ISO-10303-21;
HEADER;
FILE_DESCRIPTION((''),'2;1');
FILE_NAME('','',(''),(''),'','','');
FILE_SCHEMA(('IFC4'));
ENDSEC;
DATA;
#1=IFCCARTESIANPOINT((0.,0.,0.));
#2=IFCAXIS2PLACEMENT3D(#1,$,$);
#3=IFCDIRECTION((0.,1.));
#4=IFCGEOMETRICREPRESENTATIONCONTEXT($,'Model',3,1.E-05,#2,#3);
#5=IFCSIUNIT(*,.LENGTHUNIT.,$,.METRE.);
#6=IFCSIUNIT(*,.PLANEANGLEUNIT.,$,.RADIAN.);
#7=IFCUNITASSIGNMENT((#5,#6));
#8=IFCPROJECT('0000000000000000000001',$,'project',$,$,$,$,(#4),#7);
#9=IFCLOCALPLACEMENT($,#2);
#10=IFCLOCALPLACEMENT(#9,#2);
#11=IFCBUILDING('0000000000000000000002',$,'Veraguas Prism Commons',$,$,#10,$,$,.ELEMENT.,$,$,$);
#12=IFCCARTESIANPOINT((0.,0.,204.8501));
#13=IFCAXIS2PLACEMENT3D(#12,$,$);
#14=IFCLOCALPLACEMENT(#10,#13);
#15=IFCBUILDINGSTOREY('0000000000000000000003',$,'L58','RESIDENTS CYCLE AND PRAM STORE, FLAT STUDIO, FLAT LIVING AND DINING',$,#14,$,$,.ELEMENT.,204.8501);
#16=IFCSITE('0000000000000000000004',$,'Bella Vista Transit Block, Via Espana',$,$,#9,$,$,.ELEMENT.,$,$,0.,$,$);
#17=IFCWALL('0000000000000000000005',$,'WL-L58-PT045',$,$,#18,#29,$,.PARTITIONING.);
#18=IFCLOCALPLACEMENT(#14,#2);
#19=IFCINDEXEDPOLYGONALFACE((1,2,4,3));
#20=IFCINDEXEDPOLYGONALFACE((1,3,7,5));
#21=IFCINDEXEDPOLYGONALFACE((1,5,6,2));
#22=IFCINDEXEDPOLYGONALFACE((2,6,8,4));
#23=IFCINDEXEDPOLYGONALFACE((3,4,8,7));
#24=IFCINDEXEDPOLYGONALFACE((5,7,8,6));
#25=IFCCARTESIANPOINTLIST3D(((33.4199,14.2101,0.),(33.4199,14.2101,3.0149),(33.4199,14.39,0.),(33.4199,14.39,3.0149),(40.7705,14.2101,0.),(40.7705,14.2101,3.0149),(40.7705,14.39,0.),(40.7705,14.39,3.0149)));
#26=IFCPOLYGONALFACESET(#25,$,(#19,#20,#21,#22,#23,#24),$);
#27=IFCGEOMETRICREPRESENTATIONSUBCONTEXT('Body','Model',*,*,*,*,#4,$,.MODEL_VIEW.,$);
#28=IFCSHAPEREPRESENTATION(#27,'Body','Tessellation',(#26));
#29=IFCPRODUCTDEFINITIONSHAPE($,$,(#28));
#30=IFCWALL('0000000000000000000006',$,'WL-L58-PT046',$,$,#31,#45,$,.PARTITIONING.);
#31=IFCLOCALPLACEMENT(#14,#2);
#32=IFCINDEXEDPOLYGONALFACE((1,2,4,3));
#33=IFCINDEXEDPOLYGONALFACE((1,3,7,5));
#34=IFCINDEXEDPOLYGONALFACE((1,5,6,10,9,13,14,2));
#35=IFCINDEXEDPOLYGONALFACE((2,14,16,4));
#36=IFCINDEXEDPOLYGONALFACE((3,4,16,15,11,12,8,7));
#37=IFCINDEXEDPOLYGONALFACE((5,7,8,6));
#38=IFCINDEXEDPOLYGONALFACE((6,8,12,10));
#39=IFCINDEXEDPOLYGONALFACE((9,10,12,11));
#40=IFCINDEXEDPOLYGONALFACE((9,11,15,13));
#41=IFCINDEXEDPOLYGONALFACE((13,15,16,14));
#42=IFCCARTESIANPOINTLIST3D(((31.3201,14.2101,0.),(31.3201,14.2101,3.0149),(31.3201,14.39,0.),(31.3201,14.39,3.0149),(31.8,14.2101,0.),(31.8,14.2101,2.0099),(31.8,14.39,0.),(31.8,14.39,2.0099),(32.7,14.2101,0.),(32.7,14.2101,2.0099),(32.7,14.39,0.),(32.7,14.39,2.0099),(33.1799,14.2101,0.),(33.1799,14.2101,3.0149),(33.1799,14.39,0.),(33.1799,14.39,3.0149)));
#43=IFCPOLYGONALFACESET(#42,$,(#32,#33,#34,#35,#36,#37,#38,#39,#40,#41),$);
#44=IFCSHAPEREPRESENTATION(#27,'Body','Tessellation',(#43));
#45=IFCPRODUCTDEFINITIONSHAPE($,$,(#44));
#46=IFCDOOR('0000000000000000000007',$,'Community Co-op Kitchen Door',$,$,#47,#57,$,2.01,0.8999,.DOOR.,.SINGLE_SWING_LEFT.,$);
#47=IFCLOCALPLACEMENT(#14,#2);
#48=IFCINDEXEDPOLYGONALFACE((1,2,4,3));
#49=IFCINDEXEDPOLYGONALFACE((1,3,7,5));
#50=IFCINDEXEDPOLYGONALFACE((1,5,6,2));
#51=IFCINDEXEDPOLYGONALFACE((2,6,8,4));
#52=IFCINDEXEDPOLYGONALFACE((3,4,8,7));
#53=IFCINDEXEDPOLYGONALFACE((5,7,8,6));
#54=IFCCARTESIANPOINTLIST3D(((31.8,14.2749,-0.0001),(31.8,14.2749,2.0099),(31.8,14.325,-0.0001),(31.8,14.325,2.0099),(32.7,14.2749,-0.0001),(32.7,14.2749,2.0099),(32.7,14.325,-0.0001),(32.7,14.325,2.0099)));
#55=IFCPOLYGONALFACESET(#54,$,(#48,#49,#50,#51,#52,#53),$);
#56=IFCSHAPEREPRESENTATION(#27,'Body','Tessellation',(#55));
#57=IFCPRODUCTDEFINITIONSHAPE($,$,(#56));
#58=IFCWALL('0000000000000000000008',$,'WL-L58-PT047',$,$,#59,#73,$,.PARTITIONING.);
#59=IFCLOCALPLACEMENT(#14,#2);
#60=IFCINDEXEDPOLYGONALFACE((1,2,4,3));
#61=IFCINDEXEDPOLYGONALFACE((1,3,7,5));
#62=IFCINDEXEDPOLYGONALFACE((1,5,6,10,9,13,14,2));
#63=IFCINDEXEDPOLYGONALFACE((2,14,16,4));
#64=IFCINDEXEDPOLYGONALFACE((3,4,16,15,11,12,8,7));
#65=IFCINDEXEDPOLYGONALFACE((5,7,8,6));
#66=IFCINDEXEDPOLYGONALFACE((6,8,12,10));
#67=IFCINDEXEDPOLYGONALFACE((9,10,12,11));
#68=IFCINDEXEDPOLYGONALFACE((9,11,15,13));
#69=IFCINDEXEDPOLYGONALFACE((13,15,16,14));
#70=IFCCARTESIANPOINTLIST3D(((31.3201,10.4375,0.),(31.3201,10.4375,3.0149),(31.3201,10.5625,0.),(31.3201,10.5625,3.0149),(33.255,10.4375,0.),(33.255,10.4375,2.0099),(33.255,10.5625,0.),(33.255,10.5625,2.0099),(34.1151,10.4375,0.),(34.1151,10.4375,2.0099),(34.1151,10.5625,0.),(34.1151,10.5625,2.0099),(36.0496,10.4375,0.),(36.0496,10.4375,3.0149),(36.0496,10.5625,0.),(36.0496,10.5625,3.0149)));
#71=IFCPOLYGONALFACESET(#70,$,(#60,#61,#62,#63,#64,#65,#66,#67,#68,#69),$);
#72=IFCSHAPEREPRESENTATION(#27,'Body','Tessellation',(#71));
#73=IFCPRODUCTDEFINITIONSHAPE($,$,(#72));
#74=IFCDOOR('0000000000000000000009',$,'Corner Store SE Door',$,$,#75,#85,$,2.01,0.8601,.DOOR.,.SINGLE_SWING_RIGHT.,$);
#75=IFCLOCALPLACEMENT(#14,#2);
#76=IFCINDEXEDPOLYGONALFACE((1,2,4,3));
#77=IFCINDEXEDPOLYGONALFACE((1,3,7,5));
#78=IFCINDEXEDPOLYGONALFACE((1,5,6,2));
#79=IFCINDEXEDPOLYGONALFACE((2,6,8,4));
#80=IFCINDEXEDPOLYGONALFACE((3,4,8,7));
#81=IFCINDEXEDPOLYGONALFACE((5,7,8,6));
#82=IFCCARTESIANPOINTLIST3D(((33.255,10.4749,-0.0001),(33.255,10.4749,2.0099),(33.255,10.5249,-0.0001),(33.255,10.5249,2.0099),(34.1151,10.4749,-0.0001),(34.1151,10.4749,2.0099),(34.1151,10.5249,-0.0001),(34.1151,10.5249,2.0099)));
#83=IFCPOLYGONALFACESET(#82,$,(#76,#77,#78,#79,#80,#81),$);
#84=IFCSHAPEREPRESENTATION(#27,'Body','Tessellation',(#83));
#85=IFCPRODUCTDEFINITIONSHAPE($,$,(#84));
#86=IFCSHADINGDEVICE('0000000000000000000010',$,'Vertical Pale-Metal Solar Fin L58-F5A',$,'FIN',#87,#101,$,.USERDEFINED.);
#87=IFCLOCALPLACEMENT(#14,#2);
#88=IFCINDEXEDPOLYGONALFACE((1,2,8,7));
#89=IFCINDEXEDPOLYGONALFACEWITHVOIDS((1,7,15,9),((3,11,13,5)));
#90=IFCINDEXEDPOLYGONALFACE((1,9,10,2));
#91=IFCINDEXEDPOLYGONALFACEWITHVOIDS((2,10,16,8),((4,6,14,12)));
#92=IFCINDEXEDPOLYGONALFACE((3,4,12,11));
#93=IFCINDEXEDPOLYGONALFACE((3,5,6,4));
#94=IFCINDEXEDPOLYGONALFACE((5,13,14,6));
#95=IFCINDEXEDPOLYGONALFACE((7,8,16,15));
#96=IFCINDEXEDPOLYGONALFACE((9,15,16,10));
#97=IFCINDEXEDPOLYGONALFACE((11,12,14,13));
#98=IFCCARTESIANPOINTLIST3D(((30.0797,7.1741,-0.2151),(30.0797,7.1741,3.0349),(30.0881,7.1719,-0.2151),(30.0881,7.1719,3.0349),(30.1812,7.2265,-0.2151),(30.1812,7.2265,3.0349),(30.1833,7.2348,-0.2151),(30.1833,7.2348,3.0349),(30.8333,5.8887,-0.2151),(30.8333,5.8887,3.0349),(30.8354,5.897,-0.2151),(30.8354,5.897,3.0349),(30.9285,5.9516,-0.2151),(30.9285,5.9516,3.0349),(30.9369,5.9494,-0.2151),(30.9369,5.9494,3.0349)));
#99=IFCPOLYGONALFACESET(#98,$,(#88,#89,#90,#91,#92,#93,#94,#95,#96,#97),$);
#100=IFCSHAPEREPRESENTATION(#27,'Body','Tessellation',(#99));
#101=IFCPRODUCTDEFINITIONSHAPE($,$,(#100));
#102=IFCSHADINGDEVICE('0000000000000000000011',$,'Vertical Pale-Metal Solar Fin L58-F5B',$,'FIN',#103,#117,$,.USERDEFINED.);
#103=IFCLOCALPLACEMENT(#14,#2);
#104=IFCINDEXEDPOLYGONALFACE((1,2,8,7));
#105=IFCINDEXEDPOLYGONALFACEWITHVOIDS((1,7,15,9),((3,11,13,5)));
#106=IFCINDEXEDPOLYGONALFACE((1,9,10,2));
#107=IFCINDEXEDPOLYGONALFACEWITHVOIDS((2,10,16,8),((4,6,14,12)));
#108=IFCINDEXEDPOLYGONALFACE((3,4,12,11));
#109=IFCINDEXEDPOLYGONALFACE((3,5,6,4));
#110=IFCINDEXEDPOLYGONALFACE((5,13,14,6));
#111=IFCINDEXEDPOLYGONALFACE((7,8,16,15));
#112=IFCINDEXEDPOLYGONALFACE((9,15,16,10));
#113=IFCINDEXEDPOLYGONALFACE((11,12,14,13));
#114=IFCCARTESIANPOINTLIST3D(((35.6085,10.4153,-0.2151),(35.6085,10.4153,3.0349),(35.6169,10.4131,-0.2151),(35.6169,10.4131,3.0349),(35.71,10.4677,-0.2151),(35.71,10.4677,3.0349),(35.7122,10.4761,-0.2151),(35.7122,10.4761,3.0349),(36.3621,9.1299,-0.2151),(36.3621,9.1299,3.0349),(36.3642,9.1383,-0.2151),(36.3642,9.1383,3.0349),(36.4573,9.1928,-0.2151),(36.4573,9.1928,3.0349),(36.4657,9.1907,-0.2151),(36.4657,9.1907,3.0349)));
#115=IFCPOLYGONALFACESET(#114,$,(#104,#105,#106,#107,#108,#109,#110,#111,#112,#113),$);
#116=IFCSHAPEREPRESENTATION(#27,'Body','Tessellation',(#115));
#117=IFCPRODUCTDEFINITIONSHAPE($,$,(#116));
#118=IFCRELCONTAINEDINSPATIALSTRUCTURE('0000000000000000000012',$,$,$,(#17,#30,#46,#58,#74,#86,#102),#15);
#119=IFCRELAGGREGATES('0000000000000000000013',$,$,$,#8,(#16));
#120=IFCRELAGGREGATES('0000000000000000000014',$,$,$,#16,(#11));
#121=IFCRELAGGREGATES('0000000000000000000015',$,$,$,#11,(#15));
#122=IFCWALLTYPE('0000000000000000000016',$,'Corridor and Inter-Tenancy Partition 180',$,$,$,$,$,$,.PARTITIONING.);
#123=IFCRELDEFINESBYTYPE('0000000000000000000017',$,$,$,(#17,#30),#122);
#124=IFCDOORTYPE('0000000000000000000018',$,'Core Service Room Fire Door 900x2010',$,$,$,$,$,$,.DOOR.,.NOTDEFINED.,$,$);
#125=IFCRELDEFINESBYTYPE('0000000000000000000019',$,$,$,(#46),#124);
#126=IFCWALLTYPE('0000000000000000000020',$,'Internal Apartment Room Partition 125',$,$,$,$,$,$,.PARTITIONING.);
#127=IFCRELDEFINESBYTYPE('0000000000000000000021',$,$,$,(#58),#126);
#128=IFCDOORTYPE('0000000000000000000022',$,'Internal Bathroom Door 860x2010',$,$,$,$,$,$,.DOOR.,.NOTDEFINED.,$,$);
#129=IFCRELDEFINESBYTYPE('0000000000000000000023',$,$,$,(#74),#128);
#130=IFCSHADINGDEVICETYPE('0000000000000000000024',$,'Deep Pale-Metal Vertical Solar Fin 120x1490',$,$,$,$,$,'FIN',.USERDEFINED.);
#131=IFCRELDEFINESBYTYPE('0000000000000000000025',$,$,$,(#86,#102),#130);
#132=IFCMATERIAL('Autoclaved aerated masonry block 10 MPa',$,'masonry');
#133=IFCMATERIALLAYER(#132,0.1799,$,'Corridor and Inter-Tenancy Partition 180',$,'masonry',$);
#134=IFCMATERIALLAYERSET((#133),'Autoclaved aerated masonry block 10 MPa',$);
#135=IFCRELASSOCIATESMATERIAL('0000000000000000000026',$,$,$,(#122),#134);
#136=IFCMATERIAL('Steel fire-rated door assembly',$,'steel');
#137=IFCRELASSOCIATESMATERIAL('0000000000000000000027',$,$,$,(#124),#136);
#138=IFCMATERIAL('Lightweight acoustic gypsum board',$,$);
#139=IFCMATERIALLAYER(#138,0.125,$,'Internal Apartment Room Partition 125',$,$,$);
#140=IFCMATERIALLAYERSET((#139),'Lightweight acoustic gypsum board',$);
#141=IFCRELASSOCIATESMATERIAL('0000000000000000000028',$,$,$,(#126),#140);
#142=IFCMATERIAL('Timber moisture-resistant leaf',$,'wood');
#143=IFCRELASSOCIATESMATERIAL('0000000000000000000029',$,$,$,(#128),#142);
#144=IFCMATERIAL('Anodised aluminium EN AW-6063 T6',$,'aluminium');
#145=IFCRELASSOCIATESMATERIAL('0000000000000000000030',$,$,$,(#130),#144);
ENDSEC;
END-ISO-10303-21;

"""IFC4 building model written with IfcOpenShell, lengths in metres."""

from ifc_helpers import new_model, si_unit, direction, frame, frame_2d, origin, origin_2d, place, context, subcontext, project, spatial, rectangle, hollow_rectangle, extrude, source, transform, mapped, material, layer, layer_set, material_profile, profile_set, type_object, element, fill, save


model = new_model("IFC4")

# Units and contexts
model_context = context("Model", 3, precision=1e-05, world=origin(), true_north=direction((0.0, 1.0)))
body_context = subcontext(model_context, "Body", "Model", "MODEL_VIEW")
ifc_project = project(units=[si_unit("LENGTHUNIT", "METRE"), si_unit("PLANEANGLEUNIT", "RADIAN")], contexts=[model_context])

# Site, building, storey
site_placement = place(None, origin())
site = spatial("IfcSite", under=ifc_project, at=site_placement, Name="Bella Vista Transit Block, Via Espana", CompositionType="ELEMENT", RefElevation=0.0)
building_placement = place(site_placement, origin())
building = spatial("IfcBuilding", under=site, at=building_placement, Name="Veraguas Prism Commons", CompositionType="ELEMENT")
storey_placement = place(building_placement, frame((0.0, 0.0, 204.8501)))
storey = spatial("IfcBuildingStorey", under=building, at=storey_placement, Name="L58", Description="RESIDENTS CYCLE AND PRAM STORE, FLAT STUDIO, FLAT LIVING AND DINING", CompositionType="ELEMENT", Elevation=204.8501)

# Shared definitions
ifc_material_1 = material(Name="Anodised aluminium EN AW-6063 T6", Category="aluminium")

# Wall
ifc_material_2 = material(Name="Autoclaved aerated masonry block 10 MPa", Category="masonry")
ifc_layer_1 = layer(ifc_material_2, 0.1799, Name="Corridor and Inter-Tenancy Partition 180", Category="masonry")
ifc_layer_set_1 = layer_set([ifc_layer_1], Name="Autoclaved aerated masonry block 10 MPa")
wall_type_1 = type_object("IfcWallType", Name="Corridor and Inter-Tenancy Partition 180", PredefinedType="PARTITIONING", material=ifc_layer_set_1)
wall_1_placement = place(storey_placement, frame((33.4199, 14.3, 0.0), z_axis=(0.0, 0.0, 1.0), x_axis=(1.0, 0.0, 0.0)))
element("IfcWall", 1, at=wall_1_placement, inside=storey, type_object=wall_type_1, Name="WL-L58-PT045", PredefinedType="PARTITIONING", context=body_context, shape_type="SweptSolid", body=[
    extrude(rectangle(XDim=7.3506, YDim=0.1799, at=frame_2d((3.6753, 0.0))), origin(), (0.0, 0.0, 1.0), 3.0149),
])

# Walls, openings, doors
wall_2_placement = place(storey_placement, frame((31.3201, 14.3, 0.0), z_axis=(0.0, 0.0, 1.0), x_axis=(1.0, 0.0, 0.0)))
wall_2 = element("IfcWall", 2, at=wall_2_placement, inside=storey, type_object=wall_type_1, Name="WL-L58-PT046", PredefinedType="PARTITIONING", context=body_context, shape_type="SweptSolid", body=[
    extrude(rectangle(XDim=1.8599, YDim=0.1799, at=frame_2d((0.9299, 0.0))), origin(), (0.0, 0.0, 1.0), 3.0149),
])
opening_1_placement = place(wall_2_placement, frame((0.48, 0.0, 0.0)))
opening_1 = element("IfcOpeningElement", 3, at=opening_1_placement, cuts=wall_2, PredefinedType="OPENING", context=body_context, shape_type="SweptSolid", body=[
    extrude(rectangle(XDim=0.8999, YDim=2.01, at=frame_2d((0.45, 1.0049))), frame((0.0, 0.0999, 0.0), z_axis=(0.0, -1.0, 0.0), x_axis=(1.0, 0.0, 0.0)), (0.0, 0.0, 1.0), 0.2),
])
ifc_material_3 = material(Name="Steel fire-rated door assembly", Category="steel")
door_type_1 = type_object("IfcDoorType", Name="Core Service Room Fire Door 900x2010", OperationType="NOTDEFINED", PredefinedType="DOOR", material=ifc_material_3)
shared_shape_1 = source(origin(), body_context, "Body", "SweptSolid", [
    extrude(rectangle(XDim=0.8999, YDim=2.01, at=frame_2d((0.45, 1.0049))), frame((0.0, 0.0249, 0.0), z_axis=(0.0, -1.0, 0.0), x_axis=(1.0, 0.0, 0.0)), (0.0, 0.0, 1.0), 0.05),
])
door_1_placement = place(opening_1_placement, origin())
door_1 = element("IfcDoor", 4, at=door_1_placement, inside=storey, type_object=door_type_1, Name="Community Co-op Kitchen Door", OperationType="SINGLE_SWING_LEFT", OverallHeight=2.01, OverallWidth=0.8999, PredefinedType="DOOR", context=body_context, shape_type="MappedRepresentation", body=[
    mapped(shared_shape_1, transform((0.0, 0.0, 0.0), scale=1.0)),
])
fill(opening_1, door_1)
ifc_material_4 = material(Name="Lightweight acoustic gypsum board")
ifc_layer_2 = layer(ifc_material_4, 0.125, Name="Internal Apartment Room Partition 125")
ifc_layer_set_2 = layer_set([ifc_layer_2], Name="Lightweight acoustic gypsum board")
wall_type_2 = type_object("IfcWallType", Name="Internal Apartment Room Partition 125", PredefinedType="PARTITIONING", material=ifc_layer_set_2)
wall_3_placement = place(storey_placement, frame((31.3201, 10.5, 0.0), z_axis=(0.0, 0.0, 1.0), x_axis=(1.0, 0.0, 0.0)))
wall_3 = element("IfcWall", 5, at=wall_3_placement, inside=storey, type_object=wall_type_2, Name="WL-L58-PT047", PredefinedType="PARTITIONING", context=body_context, shape_type="SweptSolid", body=[
    extrude(rectangle(XDim=4.7295, YDim=0.125, at=frame_2d((2.3647, 0.0))), origin(), (0.0, 0.0, 1.0), 3.0149),
])
opening_2_placement = place(wall_3_placement, frame((1.9348, 0.0, 0.0)))
opening_2 = element("IfcOpeningElement", 6, at=opening_2_placement, cuts=wall_3, PredefinedType="OPENING", context=body_context, shape_type="SweptSolid", body=[
    extrude(rectangle(XDim=0.8601, YDim=2.01, at=frame_2d((0.4302, 1.0049))), frame((0.0, 0.0725, 0.0), z_axis=(0.0, -1.0, 0.0), x_axis=(1.0, 0.0, 0.0)), (0.0, 0.0, 1.0), 0.145),
])
ifc_material_5 = material(Name="Timber moisture-resistant leaf", Category="wood")
door_type_2 = type_object("IfcDoorType", Name="Internal Bathroom Door 860x2010", OperationType="NOTDEFINED", PredefinedType="DOOR", material=ifc_material_5)
shared_shape_2 = source(origin(), body_context, "Body", "SweptSolid", [
    extrude(rectangle(XDim=0.8601, YDim=2.01, at=frame_2d((0.4302, 1.0049))), frame((0.0, 0.0249, 0.0), z_axis=(0.0, -1.0, 0.0), x_axis=(1.0, 0.0, 0.0)), (0.0, 0.0, 1.0), 0.05),
])
door_2_placement = place(opening_2_placement, origin())
door_2 = element("IfcDoor", 7, at=door_2_placement, inside=storey, type_object=door_type_2, Name="Corner Store SE Door", OperationType="SINGLE_SWING_RIGHT", OverallHeight=2.01, OverallWidth=0.8601, PredefinedType="DOOR", context=body_context, shape_type="MappedRepresentation", body=[
    mapped(shared_shape_2, transform((0.0, 0.0, 0.0), scale=1.0)),
])
fill(opening_2, door_2)

# Shading devices
ifc_material_profile_1 = material_profile(ifc_material_1, hollow_rectangle(XDim=0.1201, YDim=1.49, WallThickness=0.0061, at=origin_2d()), Name="FIN120X1490X6")
ifc_profile_set_1 = profile_set([ifc_material_profile_1], Name="Anodised aluminium EN AW-6063 T6")
shading_device_type = type_object("IfcShadingDeviceType", Name="Deep Pale-Metal Vertical Solar Fin 120x1490", ElementType="FIN", PredefinedType="USERDEFINED", material=ifc_profile_set_1)
for number, where, z_axis, x_axis, name in (
    (8, (30.5083, 6.5618, -0.2151), (0.0, 0.0, 1.0), (0.862689, 0.505734, 0.0), "Vertical Pale-Metal Solar Fin L58-F5A"),
    (9, (36.0371, 9.803, -0.2151), (0.0, 0.0, 1.0), (0.862689, 0.505734, 0.0), "Vertical Pale-Metal Solar Fin L58-F5B"),
):
    element("IfcShadingDevice", number, at=place(storey_placement, frame(where, z_axis=z_axis, x_axis=x_axis)), inside=storey, type_object=shading_device_type, Name=name, ObjectType="FIN", PredefinedType="USERDEFINED", context=body_context, shape_type="SweptSolid", body=[
        extrude(hollow_rectangle(XDim=0.1201, YDim=1.49, WallThickness=0.0061, at=origin_2d()), origin(), (0.0, 0.0, 1.0), 3.25),
    ])

save(model, "model.ifc")
